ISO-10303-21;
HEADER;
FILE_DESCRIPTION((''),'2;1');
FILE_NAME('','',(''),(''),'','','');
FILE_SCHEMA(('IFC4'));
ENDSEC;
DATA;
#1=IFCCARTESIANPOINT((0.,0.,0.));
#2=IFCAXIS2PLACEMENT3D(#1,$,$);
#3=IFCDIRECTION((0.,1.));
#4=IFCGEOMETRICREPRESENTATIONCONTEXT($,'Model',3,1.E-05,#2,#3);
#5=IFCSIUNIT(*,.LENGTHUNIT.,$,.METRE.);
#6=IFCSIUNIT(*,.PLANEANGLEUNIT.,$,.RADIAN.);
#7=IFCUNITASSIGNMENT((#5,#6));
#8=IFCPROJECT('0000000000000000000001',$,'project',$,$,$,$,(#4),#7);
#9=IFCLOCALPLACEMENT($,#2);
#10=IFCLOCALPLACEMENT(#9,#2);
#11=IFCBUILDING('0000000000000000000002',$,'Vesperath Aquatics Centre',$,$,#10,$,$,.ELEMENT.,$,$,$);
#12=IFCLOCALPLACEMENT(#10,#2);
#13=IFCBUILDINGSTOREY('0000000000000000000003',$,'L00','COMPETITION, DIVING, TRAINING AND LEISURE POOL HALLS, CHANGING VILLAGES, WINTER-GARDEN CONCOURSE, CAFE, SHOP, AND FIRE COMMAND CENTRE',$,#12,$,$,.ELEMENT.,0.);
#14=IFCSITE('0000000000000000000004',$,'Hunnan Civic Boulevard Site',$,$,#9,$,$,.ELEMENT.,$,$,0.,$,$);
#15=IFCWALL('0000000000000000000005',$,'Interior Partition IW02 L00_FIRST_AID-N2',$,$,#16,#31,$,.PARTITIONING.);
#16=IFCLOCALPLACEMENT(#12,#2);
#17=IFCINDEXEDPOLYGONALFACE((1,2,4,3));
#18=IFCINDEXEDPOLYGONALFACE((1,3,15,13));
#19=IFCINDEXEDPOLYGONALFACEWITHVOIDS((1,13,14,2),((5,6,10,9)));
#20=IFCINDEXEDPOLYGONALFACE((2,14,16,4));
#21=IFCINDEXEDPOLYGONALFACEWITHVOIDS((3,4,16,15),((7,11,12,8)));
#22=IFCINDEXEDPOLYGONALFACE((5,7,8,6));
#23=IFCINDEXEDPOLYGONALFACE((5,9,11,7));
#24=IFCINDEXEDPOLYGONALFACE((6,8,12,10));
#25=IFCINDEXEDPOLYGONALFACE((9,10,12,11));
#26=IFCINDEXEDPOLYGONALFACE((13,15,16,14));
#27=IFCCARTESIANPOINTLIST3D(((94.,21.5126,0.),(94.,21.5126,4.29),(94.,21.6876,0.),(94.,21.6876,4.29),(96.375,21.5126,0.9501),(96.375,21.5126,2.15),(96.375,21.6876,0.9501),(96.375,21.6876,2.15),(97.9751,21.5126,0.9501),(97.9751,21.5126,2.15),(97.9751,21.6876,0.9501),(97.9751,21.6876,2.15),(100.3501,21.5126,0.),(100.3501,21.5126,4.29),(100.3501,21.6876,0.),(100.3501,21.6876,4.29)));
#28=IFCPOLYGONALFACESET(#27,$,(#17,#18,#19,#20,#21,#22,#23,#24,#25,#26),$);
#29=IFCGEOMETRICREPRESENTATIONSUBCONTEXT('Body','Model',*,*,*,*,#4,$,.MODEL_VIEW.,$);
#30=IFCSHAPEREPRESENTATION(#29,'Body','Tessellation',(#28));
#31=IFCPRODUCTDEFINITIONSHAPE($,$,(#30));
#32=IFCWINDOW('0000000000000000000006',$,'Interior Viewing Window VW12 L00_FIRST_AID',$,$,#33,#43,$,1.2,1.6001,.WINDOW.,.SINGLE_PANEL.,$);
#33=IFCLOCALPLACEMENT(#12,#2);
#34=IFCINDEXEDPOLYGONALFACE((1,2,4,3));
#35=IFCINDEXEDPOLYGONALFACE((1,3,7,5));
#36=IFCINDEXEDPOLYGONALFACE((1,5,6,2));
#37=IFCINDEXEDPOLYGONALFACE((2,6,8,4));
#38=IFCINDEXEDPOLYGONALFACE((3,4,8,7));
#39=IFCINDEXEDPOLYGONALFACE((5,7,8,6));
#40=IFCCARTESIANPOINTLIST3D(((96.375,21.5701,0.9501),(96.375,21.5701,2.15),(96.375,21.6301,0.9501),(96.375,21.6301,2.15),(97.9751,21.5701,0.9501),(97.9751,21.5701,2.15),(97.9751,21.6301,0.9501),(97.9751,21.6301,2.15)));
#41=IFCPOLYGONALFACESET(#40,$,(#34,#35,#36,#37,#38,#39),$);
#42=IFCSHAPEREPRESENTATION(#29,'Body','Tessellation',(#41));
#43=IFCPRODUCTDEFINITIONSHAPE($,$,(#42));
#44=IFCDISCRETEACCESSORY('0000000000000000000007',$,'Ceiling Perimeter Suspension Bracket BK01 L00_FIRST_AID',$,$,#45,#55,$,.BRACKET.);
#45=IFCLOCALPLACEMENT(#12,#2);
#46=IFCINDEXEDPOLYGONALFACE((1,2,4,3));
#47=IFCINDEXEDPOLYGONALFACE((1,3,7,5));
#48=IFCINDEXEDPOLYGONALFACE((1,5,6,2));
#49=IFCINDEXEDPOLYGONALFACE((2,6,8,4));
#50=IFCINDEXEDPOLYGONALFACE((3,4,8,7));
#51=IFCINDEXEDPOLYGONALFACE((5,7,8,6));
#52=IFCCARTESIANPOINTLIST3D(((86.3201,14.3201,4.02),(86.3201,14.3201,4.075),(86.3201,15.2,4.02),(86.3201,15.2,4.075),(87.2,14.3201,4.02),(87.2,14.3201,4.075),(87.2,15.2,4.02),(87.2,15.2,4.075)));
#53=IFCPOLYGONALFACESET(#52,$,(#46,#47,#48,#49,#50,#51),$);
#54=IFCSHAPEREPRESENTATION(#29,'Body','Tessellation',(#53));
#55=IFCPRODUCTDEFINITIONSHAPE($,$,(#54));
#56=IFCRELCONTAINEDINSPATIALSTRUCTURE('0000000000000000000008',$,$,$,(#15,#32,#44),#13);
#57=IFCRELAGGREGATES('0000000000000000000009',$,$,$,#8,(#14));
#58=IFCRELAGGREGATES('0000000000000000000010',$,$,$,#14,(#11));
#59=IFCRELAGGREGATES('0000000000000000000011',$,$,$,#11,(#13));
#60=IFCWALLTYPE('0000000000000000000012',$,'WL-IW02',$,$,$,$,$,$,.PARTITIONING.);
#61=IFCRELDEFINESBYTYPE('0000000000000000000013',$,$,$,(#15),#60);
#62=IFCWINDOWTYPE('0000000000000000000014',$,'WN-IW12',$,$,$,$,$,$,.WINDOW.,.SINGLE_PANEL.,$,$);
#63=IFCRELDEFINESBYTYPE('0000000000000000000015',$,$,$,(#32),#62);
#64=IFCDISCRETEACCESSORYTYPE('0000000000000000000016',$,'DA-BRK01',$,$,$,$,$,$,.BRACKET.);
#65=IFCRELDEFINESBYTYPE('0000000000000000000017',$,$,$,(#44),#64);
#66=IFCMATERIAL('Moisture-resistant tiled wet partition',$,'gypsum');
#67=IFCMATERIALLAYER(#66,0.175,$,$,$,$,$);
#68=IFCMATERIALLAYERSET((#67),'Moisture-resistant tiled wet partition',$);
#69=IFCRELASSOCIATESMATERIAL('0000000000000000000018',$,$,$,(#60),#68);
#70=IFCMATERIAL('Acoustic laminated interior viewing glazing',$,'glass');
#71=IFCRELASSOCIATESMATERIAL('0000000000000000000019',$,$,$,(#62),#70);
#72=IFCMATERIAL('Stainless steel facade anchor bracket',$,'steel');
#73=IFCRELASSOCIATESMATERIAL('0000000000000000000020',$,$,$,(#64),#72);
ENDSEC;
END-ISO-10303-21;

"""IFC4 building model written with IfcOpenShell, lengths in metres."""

from ifc_helpers import new_model, si_unit, direction, frame, frame_2d, origin, origin_2d, place, context, subcontext, project, spatial, rectangle, extrude, material, layer, layer_set, type_object, element, fill, save


model = new_model("IFC4")

# Units and contexts
model_context = context("Model", 3, precision=1e-05, world=origin(), true_north=direction((0.0, 1.0)))
body_context = subcontext(model_context, "Body", "Model", "MODEL_VIEW")
ifc_project = project(units=[si_unit("LENGTHUNIT", "METRE"), si_unit("PLANEANGLEUNIT", "RADIAN")], contexts=[model_context])

# Site, building, storey
site_placement = place(None, origin())
site = spatial("IfcSite", under=ifc_project, at=site_placement, Name="Hunnan Civic Boulevard Site", CompositionType="ELEMENT", RefElevation=0.0)
building_placement = place(site_placement, origin())
building = spatial("IfcBuilding", under=site, at=building_placement, Name="Vesperath Aquatics Centre", CompositionType="ELEMENT")
storey_placement = place(building_placement, origin())
storey = spatial("IfcBuildingStorey", under=building, at=storey_placement, Name="L00", Description="COMPETITION, DIVING, TRAINING AND LEISURE POOL HALLS, CHANGING VILLAGES, WINTER-GARDEN CONCOURSE, CAFE, SHOP, AND FIRE COMMAND CENTRE", CompositionType="ELEMENT", Elevation=0.0)

# Wall, opening, window
ifc_material_1 = material(Name="Moisture-resistant tiled wet partition", Category="gypsum")
ifc_layer_1 = layer(ifc_material_1, 0.175)
ifc_layer_set_1 = layer_set([ifc_layer_1], Name="Moisture-resistant tiled wet partition")
wall_type_1 = type_object("IfcWallType", Name="WL-IW02", PredefinedType="PARTITIONING", material=ifc_layer_set_1)
wall_1_placement = place(storey_placement, frame((94.0, 21.6001, 0.0), z_axis=(0.0, 0.0, 1.0), x_axis=(1.0, 0.0, 0.0)))
wall_1 = element("IfcWall", 1, at=wall_1_placement, inside=storey, type_object=wall_type_1, Name="Interior Partition IW02 L00_FIRST_AID-N2", PredefinedType="PARTITIONING", context=body_context, shape_type="SweptSolid", body=[
    extrude(rectangle(XDim=6.3501, YDim=0.175, at=frame_2d((3.175, 0.0))), origin(), (0.0, 0.0, 1.0), 4.29),
])
opening_1_placement = place(wall_1_placement, frame((2.375, 0.0, 0.95)))
opening_1 = element("IfcOpeningElement", 2, at=opening_1_placement, cuts=wall_1, PredefinedType="OPENING", context=body_context, shape_type="SweptSolid", body=[
    extrude(rectangle(XDim=1.6001, YDim=1.2, at=frame_2d((0.8, 0.6001))), frame((0.0, 0.1025, 0.0), z_axis=(0.0, -1.0, 0.0), x_axis=(1.0, 0.0, 0.0)), (0.0, 0.0, 1.0), 0.2048),
])
ifc_material_2 = material(Name="Acoustic laminated interior viewing glazing", Category="glass")
window_type = type_object("IfcWindowType", Name="WN-IW12", PartitioningType="SINGLE_PANEL", PredefinedType="WINDOW", material=ifc_material_2)
window_placement = place(opening_1_placement, origin())
window = element("IfcWindow", 3, at=window_placement, inside=storey, type_object=window_type, Name="Interior Viewing Window VW12 L00_FIRST_AID", OverallHeight=1.2, OverallWidth=1.6001, PartitioningType="SINGLE_PANEL", PredefinedType="WINDOW", context=body_context, shape_type="SweptSolid", body=[
    extrude(rectangle(XDim=1.6001, YDim=1.2, at=frame_2d((0.8, 0.6001))), frame((0.0, 0.03, 0.0), z_axis=(0.0, -1.0, 0.0), x_axis=(1.0, 0.0, 0.0)), (0.0, 0.0, 1.0), 0.0601),
])
fill(opening_1, window)

# Discrete accessory
ifc_material_3 = material(Name="Stainless steel facade anchor bracket", Category="steel")
discrete_accessory_type = type_object("IfcDiscreteAccessoryType", Name="DA-BRK01", PredefinedType="BRACKET", material=ifc_material_3)
discrete_accessory_placement = place(storey_placement, frame((86.76, 14.76, 4.02), z_axis=(0.0, 0.0, 1.0), x_axis=(1.0, 0.0, 0.0)))
element("IfcDiscreteAccessory", 4, at=discrete_accessory_placement, inside=storey, type_object=discrete_accessory_type, Name="Ceiling Perimeter Suspension Bracket BK01 L00_FIRST_AID", PredefinedType="BRACKET", context=body_context, shape_type="SweptSolid", body=[
    extrude(rectangle(XDim=0.8799, YDim=0.8799, at=origin_2d()), origin(), (0.0, 0.0, 1.0), 0.0549),
])

save(model, "model.ifc")
